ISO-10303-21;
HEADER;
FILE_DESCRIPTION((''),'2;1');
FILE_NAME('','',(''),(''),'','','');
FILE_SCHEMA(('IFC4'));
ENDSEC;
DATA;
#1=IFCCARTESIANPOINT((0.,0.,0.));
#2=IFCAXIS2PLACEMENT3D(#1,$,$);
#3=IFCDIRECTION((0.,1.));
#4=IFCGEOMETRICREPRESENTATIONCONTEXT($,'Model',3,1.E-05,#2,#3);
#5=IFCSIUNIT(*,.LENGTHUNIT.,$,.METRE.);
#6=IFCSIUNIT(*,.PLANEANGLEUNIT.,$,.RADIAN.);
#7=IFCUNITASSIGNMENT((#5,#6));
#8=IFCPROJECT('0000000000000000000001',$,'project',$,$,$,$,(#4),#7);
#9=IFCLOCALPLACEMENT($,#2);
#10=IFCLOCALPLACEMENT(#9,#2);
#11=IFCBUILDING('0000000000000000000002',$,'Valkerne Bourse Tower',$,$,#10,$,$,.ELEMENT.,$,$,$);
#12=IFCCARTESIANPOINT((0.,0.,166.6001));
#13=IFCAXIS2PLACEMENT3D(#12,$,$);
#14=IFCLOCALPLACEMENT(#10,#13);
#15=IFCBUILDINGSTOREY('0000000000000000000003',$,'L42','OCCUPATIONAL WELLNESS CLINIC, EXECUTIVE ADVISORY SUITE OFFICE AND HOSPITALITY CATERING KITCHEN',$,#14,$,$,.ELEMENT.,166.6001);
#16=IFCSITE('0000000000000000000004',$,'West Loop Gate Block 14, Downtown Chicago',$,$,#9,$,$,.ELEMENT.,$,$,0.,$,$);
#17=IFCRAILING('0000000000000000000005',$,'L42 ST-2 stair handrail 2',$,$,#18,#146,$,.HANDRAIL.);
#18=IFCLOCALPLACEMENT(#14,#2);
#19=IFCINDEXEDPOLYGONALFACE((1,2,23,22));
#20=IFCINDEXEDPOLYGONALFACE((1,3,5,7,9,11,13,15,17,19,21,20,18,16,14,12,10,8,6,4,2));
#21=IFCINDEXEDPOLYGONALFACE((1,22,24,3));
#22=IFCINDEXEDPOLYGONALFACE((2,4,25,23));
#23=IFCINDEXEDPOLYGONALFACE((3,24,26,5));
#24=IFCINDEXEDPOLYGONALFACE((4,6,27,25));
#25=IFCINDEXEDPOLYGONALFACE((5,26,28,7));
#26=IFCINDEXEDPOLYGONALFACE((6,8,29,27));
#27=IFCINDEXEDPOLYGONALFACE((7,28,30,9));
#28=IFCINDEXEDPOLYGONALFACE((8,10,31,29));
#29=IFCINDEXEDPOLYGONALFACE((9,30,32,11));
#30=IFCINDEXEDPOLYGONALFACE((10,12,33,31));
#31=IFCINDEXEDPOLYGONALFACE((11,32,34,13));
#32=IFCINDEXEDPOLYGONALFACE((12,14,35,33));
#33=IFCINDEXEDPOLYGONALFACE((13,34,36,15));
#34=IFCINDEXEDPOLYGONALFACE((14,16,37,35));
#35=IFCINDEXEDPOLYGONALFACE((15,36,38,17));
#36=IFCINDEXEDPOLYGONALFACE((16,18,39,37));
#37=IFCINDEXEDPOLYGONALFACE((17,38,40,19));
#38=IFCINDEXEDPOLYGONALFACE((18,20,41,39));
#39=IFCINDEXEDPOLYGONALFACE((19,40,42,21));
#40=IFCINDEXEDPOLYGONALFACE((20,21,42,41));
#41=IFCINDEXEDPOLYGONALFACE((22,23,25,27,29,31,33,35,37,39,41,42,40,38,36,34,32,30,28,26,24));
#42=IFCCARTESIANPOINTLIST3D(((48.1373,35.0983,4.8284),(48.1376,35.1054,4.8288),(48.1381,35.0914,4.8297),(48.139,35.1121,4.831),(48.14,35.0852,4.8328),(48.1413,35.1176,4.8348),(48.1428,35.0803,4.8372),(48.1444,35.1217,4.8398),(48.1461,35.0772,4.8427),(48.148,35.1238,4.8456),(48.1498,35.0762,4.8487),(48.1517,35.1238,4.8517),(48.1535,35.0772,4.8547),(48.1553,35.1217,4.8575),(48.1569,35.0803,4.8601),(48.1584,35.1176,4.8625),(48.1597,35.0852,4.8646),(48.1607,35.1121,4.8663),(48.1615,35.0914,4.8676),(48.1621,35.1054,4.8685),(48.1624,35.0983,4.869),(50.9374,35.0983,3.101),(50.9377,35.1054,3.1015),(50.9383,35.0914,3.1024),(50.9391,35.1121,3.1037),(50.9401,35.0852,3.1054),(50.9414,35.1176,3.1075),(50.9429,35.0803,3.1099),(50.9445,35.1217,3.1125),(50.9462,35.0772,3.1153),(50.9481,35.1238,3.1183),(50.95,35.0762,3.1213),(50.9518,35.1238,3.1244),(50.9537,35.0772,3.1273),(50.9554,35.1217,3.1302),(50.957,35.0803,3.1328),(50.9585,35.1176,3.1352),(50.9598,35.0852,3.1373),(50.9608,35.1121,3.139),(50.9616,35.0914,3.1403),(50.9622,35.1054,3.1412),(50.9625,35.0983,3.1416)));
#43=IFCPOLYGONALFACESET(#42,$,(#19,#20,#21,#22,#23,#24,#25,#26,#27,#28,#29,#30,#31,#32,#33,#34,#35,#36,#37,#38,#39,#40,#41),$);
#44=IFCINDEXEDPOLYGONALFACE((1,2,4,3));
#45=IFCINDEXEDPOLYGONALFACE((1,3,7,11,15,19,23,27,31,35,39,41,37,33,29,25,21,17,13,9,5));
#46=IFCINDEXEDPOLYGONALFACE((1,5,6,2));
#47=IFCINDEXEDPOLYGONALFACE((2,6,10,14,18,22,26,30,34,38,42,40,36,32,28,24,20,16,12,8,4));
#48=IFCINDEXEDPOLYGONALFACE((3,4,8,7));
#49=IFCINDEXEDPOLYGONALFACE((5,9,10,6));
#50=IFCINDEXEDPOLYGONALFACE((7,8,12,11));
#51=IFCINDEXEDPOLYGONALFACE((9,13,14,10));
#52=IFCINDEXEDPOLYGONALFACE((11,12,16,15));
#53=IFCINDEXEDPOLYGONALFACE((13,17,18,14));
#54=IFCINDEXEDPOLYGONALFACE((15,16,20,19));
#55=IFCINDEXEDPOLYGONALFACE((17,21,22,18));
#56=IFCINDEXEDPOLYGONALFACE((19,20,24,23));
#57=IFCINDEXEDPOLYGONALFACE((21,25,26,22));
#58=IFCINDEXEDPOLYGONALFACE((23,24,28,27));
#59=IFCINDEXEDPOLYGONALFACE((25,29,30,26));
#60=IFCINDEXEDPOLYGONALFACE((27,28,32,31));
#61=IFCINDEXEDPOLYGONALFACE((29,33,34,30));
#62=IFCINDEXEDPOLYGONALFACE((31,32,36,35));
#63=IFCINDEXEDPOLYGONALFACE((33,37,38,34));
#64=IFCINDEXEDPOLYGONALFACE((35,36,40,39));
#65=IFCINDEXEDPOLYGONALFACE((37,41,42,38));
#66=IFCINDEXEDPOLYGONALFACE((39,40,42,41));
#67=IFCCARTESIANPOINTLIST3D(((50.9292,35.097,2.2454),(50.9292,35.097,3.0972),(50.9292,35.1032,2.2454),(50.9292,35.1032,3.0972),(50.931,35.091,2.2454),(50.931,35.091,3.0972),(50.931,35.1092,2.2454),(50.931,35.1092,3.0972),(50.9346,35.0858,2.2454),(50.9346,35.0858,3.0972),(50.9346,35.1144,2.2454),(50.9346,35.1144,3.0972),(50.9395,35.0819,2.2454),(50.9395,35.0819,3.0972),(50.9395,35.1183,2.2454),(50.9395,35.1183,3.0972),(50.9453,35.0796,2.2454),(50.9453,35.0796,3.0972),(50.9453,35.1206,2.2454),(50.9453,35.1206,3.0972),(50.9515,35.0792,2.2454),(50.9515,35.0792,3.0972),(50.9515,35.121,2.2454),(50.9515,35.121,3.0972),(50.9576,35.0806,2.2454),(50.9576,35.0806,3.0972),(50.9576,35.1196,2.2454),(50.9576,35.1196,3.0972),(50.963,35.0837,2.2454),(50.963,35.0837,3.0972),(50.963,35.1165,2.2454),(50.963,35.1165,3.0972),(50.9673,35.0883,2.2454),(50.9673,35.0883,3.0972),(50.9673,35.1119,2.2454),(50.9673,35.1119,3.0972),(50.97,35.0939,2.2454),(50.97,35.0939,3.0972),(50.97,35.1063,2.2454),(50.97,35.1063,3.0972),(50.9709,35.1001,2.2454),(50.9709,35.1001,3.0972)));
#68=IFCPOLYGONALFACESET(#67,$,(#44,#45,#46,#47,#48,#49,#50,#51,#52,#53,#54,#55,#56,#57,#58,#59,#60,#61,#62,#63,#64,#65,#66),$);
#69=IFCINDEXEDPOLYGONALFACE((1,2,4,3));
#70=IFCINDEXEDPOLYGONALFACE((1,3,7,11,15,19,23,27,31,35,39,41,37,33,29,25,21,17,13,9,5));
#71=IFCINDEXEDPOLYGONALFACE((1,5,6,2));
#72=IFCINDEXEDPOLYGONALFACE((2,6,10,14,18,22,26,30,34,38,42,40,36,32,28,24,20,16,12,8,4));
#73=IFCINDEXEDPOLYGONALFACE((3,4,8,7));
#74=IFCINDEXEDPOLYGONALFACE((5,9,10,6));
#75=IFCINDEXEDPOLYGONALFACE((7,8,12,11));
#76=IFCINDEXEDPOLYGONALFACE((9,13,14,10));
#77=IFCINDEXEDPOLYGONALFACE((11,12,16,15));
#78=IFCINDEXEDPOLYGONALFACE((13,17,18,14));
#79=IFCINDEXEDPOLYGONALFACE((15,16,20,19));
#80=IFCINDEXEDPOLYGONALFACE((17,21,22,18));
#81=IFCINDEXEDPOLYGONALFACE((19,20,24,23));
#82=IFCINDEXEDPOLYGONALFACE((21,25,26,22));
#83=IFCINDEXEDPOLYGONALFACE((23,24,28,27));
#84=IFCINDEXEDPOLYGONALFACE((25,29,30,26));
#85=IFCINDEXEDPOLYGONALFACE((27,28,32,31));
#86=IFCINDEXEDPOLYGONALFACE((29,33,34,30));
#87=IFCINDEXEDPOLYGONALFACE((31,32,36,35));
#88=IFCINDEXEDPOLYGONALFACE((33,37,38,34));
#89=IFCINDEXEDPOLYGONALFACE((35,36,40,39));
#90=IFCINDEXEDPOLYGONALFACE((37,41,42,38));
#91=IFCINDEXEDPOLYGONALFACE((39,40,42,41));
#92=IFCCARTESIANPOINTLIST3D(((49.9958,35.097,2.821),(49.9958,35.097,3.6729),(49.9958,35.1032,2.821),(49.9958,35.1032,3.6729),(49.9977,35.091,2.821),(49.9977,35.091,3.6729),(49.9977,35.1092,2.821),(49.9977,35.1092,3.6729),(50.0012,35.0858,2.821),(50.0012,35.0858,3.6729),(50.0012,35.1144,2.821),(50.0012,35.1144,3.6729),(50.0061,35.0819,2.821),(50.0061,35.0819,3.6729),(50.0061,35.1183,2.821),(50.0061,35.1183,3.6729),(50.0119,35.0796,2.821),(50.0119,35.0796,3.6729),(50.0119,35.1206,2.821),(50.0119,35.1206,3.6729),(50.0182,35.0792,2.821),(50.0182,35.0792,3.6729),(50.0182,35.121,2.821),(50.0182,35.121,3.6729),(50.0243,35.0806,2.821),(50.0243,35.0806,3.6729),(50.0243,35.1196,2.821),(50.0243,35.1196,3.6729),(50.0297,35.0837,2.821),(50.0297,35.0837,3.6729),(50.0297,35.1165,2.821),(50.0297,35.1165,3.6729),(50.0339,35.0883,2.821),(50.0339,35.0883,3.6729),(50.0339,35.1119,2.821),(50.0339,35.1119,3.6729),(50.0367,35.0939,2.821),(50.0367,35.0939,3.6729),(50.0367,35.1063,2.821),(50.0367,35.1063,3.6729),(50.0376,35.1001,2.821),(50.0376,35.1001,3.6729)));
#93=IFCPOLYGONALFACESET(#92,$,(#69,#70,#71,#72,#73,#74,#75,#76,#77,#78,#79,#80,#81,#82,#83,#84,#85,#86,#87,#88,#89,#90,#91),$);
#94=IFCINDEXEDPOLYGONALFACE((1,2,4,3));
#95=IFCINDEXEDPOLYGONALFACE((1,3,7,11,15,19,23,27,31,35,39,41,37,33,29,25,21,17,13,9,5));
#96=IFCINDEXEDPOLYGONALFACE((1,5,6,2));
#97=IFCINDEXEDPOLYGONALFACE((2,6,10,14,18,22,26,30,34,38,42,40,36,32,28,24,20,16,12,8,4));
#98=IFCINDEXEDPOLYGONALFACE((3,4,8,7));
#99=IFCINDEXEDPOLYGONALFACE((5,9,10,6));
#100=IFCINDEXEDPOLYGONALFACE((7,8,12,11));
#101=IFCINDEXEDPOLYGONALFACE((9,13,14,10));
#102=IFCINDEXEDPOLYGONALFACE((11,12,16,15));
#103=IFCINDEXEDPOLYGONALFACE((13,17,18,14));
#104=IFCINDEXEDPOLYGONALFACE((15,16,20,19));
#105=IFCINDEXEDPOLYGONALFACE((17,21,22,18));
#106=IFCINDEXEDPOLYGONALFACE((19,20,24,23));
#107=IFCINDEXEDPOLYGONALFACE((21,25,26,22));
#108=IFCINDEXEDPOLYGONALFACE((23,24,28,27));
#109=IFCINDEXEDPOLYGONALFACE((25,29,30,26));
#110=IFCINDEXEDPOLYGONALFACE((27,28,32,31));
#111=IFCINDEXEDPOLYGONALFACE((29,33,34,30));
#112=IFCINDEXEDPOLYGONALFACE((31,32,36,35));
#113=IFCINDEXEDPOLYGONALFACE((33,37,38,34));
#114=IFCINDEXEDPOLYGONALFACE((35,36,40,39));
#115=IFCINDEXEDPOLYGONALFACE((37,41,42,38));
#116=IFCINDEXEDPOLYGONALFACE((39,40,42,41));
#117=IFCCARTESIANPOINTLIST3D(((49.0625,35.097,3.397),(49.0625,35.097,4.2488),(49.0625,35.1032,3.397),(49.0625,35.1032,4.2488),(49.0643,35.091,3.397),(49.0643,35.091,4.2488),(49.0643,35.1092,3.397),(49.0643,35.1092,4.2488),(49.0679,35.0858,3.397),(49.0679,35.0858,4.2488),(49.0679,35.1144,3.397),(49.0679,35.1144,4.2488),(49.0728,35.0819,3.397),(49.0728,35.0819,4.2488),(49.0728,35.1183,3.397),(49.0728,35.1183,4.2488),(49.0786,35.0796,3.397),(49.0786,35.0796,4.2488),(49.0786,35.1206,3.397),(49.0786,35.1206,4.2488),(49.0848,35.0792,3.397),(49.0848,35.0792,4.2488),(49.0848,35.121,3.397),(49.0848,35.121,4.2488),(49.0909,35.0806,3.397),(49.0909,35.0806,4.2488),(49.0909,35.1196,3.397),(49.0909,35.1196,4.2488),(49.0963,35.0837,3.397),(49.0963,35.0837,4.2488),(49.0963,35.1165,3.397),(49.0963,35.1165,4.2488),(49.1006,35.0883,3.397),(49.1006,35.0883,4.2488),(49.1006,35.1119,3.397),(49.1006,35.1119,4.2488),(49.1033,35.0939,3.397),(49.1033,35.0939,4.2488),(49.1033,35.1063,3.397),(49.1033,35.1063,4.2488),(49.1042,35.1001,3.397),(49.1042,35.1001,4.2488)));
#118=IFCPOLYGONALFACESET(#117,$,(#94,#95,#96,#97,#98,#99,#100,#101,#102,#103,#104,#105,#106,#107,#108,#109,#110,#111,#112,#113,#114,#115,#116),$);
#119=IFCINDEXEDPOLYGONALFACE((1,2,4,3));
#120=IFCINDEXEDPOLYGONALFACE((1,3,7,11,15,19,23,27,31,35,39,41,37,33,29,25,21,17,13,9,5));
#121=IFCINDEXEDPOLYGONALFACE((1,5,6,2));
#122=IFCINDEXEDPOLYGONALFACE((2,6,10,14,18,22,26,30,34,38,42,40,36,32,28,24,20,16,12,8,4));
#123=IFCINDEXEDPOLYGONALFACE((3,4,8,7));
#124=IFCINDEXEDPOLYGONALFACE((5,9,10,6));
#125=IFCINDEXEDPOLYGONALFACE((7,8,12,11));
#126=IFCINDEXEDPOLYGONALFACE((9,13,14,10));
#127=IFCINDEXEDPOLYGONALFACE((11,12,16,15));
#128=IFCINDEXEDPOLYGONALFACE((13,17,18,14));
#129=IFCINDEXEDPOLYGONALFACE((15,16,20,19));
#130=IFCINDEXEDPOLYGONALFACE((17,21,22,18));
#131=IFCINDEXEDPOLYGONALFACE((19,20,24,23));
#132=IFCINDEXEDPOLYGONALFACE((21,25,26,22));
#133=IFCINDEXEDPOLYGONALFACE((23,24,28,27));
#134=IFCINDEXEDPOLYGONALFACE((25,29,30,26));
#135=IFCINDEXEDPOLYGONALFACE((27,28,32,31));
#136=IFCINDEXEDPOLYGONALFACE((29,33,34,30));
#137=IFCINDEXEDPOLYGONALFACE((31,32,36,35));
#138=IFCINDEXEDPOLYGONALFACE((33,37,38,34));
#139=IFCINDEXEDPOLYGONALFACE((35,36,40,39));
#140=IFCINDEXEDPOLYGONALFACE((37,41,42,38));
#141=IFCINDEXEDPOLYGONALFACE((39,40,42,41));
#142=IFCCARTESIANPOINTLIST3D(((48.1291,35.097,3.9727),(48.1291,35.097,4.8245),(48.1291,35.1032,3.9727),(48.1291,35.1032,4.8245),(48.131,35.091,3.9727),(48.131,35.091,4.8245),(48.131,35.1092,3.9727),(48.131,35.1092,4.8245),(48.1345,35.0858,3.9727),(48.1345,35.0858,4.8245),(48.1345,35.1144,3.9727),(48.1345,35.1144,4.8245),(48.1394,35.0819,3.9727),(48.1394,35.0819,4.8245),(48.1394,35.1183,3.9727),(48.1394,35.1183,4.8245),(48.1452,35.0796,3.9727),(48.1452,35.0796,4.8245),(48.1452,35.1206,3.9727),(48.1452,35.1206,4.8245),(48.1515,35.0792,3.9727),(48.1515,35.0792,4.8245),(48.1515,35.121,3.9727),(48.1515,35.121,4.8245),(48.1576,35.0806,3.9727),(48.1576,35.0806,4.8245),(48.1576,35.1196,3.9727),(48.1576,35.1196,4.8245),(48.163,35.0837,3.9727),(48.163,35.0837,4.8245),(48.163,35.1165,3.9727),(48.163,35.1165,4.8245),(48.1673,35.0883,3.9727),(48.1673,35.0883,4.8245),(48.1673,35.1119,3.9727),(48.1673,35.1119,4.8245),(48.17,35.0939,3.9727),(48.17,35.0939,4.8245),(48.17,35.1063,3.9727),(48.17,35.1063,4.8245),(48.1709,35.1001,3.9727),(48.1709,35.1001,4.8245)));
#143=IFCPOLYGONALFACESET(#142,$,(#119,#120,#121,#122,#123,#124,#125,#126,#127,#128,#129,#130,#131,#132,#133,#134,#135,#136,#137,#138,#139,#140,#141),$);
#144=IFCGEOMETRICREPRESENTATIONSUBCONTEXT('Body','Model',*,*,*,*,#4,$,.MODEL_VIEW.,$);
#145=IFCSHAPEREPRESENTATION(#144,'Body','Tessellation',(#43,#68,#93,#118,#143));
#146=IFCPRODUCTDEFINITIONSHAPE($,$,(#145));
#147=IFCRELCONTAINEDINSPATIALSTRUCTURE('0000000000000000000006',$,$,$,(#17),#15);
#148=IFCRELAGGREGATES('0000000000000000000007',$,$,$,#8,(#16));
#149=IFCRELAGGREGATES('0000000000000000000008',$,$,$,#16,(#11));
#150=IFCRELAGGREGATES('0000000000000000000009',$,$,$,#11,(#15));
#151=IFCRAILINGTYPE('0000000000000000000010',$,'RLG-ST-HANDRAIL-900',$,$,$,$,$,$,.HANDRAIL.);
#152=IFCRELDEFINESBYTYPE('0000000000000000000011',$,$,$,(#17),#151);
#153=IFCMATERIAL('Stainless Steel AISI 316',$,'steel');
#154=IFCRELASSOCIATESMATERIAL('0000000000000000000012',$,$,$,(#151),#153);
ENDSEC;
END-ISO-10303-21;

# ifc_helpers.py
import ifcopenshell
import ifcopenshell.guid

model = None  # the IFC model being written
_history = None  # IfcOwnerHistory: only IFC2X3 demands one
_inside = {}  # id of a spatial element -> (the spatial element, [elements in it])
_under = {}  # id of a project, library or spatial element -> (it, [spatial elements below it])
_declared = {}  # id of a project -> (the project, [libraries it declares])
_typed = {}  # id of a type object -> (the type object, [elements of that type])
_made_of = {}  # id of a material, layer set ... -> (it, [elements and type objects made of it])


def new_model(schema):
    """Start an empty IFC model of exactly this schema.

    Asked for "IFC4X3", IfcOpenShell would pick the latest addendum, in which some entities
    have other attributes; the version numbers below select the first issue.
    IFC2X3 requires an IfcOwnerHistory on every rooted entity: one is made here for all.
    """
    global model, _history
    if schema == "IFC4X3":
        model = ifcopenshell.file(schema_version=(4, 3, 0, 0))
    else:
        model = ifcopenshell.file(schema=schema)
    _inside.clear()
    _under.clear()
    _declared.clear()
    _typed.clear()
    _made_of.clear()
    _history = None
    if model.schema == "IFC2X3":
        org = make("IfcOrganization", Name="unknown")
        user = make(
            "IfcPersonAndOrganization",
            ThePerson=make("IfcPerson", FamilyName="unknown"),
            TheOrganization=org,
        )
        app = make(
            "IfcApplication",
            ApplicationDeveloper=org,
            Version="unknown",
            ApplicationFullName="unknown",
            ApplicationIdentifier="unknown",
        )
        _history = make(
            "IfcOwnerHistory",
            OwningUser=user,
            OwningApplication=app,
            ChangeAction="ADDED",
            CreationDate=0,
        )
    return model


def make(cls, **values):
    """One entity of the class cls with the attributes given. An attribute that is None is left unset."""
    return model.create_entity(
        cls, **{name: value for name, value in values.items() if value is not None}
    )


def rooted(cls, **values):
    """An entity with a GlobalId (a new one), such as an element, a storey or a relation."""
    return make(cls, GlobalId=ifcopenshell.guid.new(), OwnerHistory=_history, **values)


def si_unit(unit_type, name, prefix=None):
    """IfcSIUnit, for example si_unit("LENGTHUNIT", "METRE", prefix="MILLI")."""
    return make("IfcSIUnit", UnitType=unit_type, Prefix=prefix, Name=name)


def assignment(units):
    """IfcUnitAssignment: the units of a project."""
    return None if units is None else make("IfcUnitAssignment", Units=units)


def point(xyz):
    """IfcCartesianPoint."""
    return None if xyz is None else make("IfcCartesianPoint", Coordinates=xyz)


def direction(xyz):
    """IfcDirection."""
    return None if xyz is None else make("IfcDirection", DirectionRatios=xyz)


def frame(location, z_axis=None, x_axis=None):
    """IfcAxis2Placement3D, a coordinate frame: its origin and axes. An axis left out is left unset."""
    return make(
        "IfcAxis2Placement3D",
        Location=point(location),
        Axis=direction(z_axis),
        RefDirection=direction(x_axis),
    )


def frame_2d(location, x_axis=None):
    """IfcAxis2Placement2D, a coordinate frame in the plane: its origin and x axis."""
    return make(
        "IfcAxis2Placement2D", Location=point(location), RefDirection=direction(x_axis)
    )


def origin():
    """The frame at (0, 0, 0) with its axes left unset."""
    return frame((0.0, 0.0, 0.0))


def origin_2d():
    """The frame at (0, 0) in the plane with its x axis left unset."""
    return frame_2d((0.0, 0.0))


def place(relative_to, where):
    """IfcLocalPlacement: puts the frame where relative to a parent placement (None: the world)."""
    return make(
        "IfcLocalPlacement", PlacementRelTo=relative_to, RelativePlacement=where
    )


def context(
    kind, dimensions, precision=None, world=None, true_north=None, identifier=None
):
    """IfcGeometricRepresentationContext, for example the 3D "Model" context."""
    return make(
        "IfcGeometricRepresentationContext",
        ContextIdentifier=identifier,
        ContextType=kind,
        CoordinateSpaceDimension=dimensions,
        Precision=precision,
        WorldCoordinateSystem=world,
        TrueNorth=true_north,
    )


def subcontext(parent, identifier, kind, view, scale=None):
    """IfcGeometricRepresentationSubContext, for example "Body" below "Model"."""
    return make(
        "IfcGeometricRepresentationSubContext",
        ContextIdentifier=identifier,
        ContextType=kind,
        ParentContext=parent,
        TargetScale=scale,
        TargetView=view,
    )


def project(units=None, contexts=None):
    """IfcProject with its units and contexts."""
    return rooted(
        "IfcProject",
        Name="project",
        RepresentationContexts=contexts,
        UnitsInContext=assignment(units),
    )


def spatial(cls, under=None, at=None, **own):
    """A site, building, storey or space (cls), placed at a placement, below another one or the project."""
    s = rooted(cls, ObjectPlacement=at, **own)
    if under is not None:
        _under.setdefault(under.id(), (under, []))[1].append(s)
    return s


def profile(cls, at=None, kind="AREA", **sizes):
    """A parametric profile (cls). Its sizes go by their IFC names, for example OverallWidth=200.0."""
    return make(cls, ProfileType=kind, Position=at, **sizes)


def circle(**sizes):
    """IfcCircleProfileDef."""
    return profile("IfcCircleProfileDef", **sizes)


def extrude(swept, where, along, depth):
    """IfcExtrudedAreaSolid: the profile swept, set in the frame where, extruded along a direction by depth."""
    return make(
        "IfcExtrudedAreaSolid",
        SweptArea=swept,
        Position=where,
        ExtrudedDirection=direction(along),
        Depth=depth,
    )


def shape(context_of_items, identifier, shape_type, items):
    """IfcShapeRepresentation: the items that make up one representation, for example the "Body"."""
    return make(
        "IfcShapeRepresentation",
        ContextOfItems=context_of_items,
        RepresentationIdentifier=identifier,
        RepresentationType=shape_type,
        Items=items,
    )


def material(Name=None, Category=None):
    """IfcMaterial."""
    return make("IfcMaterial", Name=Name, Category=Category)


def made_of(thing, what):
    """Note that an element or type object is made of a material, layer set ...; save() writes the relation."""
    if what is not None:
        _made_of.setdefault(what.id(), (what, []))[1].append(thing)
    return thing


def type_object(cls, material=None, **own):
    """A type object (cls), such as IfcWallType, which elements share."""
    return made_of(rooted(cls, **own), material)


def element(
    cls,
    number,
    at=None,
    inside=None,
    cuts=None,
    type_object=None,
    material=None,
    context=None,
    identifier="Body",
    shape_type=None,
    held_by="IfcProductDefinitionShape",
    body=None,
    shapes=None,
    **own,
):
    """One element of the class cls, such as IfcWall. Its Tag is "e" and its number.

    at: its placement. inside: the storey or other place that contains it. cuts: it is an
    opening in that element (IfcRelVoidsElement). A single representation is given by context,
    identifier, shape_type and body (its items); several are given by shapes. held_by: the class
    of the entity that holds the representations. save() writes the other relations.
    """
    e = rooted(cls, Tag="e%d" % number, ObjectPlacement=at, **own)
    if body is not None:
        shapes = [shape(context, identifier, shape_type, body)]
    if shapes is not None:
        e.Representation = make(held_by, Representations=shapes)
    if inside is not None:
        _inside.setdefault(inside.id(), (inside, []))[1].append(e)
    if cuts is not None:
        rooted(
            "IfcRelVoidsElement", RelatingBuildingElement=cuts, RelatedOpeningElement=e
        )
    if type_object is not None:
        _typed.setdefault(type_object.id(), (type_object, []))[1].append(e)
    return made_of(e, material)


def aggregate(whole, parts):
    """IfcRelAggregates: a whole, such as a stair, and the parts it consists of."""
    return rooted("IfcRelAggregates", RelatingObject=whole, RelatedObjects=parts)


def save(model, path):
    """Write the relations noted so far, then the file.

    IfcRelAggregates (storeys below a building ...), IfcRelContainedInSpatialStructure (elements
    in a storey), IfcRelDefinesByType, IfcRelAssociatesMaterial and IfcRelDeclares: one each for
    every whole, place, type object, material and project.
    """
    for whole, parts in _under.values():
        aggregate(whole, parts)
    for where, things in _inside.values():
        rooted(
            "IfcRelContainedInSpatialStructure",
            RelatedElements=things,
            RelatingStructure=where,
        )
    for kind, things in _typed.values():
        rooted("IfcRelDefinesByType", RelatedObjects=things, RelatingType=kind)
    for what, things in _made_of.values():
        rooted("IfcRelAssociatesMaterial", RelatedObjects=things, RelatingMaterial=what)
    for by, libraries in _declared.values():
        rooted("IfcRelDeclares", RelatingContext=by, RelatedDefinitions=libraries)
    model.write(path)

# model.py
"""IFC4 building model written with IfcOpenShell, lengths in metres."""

from ifc_helpers import new_model, si_unit, direction, frame, origin, origin_2d, place, context, subcontext, project, spatial, circle, extrude, material, type_object, element, save


model = new_model("IFC4")

# Units and contexts
model_context = context("Model", 3, precision=1e-05, world=origin(), true_north=direction((0.0, 1.0)))
body_context = subcontext(model_context, "Body", "Model", "MODEL_VIEW")
ifc_project = project(units=[si_unit("LENGTHUNIT", "METRE"), si_unit("PLANEANGLEUNIT", "RADIAN")], contexts=[model_context])

# Site, building, storey
site_placement = place(None, origin())
site = spatial("IfcSite", under=ifc_project, at=site_placement, Name="West Loop Gate Block 14, Downtown Chicago", CompositionType="ELEMENT", RefElevation=0.0)
building_placement = place(site_placement, origin())
building = spatial("IfcBuilding", under=site, at=building_placement, Name="Valkerne Bourse Tower", CompositionType="ELEMENT")
storey_placement = place(building_placement, frame((0.0, 0.0, 166.6001)))
storey = spatial("IfcBuildingStorey", under=building, at=storey_placement, Name="L42", Description="OCCUPATIONAL WELLNESS CLINIC, EXECUTIVE ADVISORY SUITE OFFICE AND HOSPITALITY CATERING KITCHEN", CompositionType="ELEMENT", Elevation=166.6001)

# Shared definitions
ifc_material_1 = material(Name="Stainless Steel AISI 316", Category="steel")

# Railing
railing_type_1 = type_object("IfcRailingType", Name="RLG-ST-HANDRAIL-900", PredefinedType="HANDRAIL", material=ifc_material_1)
railing_1_placement = place(storey_placement, frame((50.95, 35.1001, 2.2454)))
element("IfcRailing", 1, at=railing_1_placement, inside=storey, type_object=railing_type_1, Name="L42 ST-2 stair handrail 2", PredefinedType="HANDRAIL", context=body_context, shape_type="SweptSolid", body=[
    extrude(circle(Radius=0.0239, at=origin_2d()), frame((0.0, 0.0, 0.876), z_axis=(-0.85109, 0.0, 0.52502), x_axis=(0.0, -1.0, 0.0)), (0.0, 0.0, 1.0), 3.29),
    extrude(circle(Radius=0.021, at=origin_2d()), origin(), (0.0, 0.0, 1.0), 0.8518),
    extrude(circle(Radius=0.021, at=origin_2d()), frame((-0.9333, 0.0, 0.5757)), (0.0, 0.0, 1.0), 0.8518),
    extrude(circle(Radius=0.021, at=origin_2d()), frame((-1.8667, 0.0, 1.1516)), (0.0, 0.0, 1.0), 0.8518),
    extrude(circle(Radius=0.021, at=origin_2d()), frame((-2.8, 0.0, 1.7273)), (0.0, 0.0, 1.0), 0.8518),
])

save(model, "model.ifc")
